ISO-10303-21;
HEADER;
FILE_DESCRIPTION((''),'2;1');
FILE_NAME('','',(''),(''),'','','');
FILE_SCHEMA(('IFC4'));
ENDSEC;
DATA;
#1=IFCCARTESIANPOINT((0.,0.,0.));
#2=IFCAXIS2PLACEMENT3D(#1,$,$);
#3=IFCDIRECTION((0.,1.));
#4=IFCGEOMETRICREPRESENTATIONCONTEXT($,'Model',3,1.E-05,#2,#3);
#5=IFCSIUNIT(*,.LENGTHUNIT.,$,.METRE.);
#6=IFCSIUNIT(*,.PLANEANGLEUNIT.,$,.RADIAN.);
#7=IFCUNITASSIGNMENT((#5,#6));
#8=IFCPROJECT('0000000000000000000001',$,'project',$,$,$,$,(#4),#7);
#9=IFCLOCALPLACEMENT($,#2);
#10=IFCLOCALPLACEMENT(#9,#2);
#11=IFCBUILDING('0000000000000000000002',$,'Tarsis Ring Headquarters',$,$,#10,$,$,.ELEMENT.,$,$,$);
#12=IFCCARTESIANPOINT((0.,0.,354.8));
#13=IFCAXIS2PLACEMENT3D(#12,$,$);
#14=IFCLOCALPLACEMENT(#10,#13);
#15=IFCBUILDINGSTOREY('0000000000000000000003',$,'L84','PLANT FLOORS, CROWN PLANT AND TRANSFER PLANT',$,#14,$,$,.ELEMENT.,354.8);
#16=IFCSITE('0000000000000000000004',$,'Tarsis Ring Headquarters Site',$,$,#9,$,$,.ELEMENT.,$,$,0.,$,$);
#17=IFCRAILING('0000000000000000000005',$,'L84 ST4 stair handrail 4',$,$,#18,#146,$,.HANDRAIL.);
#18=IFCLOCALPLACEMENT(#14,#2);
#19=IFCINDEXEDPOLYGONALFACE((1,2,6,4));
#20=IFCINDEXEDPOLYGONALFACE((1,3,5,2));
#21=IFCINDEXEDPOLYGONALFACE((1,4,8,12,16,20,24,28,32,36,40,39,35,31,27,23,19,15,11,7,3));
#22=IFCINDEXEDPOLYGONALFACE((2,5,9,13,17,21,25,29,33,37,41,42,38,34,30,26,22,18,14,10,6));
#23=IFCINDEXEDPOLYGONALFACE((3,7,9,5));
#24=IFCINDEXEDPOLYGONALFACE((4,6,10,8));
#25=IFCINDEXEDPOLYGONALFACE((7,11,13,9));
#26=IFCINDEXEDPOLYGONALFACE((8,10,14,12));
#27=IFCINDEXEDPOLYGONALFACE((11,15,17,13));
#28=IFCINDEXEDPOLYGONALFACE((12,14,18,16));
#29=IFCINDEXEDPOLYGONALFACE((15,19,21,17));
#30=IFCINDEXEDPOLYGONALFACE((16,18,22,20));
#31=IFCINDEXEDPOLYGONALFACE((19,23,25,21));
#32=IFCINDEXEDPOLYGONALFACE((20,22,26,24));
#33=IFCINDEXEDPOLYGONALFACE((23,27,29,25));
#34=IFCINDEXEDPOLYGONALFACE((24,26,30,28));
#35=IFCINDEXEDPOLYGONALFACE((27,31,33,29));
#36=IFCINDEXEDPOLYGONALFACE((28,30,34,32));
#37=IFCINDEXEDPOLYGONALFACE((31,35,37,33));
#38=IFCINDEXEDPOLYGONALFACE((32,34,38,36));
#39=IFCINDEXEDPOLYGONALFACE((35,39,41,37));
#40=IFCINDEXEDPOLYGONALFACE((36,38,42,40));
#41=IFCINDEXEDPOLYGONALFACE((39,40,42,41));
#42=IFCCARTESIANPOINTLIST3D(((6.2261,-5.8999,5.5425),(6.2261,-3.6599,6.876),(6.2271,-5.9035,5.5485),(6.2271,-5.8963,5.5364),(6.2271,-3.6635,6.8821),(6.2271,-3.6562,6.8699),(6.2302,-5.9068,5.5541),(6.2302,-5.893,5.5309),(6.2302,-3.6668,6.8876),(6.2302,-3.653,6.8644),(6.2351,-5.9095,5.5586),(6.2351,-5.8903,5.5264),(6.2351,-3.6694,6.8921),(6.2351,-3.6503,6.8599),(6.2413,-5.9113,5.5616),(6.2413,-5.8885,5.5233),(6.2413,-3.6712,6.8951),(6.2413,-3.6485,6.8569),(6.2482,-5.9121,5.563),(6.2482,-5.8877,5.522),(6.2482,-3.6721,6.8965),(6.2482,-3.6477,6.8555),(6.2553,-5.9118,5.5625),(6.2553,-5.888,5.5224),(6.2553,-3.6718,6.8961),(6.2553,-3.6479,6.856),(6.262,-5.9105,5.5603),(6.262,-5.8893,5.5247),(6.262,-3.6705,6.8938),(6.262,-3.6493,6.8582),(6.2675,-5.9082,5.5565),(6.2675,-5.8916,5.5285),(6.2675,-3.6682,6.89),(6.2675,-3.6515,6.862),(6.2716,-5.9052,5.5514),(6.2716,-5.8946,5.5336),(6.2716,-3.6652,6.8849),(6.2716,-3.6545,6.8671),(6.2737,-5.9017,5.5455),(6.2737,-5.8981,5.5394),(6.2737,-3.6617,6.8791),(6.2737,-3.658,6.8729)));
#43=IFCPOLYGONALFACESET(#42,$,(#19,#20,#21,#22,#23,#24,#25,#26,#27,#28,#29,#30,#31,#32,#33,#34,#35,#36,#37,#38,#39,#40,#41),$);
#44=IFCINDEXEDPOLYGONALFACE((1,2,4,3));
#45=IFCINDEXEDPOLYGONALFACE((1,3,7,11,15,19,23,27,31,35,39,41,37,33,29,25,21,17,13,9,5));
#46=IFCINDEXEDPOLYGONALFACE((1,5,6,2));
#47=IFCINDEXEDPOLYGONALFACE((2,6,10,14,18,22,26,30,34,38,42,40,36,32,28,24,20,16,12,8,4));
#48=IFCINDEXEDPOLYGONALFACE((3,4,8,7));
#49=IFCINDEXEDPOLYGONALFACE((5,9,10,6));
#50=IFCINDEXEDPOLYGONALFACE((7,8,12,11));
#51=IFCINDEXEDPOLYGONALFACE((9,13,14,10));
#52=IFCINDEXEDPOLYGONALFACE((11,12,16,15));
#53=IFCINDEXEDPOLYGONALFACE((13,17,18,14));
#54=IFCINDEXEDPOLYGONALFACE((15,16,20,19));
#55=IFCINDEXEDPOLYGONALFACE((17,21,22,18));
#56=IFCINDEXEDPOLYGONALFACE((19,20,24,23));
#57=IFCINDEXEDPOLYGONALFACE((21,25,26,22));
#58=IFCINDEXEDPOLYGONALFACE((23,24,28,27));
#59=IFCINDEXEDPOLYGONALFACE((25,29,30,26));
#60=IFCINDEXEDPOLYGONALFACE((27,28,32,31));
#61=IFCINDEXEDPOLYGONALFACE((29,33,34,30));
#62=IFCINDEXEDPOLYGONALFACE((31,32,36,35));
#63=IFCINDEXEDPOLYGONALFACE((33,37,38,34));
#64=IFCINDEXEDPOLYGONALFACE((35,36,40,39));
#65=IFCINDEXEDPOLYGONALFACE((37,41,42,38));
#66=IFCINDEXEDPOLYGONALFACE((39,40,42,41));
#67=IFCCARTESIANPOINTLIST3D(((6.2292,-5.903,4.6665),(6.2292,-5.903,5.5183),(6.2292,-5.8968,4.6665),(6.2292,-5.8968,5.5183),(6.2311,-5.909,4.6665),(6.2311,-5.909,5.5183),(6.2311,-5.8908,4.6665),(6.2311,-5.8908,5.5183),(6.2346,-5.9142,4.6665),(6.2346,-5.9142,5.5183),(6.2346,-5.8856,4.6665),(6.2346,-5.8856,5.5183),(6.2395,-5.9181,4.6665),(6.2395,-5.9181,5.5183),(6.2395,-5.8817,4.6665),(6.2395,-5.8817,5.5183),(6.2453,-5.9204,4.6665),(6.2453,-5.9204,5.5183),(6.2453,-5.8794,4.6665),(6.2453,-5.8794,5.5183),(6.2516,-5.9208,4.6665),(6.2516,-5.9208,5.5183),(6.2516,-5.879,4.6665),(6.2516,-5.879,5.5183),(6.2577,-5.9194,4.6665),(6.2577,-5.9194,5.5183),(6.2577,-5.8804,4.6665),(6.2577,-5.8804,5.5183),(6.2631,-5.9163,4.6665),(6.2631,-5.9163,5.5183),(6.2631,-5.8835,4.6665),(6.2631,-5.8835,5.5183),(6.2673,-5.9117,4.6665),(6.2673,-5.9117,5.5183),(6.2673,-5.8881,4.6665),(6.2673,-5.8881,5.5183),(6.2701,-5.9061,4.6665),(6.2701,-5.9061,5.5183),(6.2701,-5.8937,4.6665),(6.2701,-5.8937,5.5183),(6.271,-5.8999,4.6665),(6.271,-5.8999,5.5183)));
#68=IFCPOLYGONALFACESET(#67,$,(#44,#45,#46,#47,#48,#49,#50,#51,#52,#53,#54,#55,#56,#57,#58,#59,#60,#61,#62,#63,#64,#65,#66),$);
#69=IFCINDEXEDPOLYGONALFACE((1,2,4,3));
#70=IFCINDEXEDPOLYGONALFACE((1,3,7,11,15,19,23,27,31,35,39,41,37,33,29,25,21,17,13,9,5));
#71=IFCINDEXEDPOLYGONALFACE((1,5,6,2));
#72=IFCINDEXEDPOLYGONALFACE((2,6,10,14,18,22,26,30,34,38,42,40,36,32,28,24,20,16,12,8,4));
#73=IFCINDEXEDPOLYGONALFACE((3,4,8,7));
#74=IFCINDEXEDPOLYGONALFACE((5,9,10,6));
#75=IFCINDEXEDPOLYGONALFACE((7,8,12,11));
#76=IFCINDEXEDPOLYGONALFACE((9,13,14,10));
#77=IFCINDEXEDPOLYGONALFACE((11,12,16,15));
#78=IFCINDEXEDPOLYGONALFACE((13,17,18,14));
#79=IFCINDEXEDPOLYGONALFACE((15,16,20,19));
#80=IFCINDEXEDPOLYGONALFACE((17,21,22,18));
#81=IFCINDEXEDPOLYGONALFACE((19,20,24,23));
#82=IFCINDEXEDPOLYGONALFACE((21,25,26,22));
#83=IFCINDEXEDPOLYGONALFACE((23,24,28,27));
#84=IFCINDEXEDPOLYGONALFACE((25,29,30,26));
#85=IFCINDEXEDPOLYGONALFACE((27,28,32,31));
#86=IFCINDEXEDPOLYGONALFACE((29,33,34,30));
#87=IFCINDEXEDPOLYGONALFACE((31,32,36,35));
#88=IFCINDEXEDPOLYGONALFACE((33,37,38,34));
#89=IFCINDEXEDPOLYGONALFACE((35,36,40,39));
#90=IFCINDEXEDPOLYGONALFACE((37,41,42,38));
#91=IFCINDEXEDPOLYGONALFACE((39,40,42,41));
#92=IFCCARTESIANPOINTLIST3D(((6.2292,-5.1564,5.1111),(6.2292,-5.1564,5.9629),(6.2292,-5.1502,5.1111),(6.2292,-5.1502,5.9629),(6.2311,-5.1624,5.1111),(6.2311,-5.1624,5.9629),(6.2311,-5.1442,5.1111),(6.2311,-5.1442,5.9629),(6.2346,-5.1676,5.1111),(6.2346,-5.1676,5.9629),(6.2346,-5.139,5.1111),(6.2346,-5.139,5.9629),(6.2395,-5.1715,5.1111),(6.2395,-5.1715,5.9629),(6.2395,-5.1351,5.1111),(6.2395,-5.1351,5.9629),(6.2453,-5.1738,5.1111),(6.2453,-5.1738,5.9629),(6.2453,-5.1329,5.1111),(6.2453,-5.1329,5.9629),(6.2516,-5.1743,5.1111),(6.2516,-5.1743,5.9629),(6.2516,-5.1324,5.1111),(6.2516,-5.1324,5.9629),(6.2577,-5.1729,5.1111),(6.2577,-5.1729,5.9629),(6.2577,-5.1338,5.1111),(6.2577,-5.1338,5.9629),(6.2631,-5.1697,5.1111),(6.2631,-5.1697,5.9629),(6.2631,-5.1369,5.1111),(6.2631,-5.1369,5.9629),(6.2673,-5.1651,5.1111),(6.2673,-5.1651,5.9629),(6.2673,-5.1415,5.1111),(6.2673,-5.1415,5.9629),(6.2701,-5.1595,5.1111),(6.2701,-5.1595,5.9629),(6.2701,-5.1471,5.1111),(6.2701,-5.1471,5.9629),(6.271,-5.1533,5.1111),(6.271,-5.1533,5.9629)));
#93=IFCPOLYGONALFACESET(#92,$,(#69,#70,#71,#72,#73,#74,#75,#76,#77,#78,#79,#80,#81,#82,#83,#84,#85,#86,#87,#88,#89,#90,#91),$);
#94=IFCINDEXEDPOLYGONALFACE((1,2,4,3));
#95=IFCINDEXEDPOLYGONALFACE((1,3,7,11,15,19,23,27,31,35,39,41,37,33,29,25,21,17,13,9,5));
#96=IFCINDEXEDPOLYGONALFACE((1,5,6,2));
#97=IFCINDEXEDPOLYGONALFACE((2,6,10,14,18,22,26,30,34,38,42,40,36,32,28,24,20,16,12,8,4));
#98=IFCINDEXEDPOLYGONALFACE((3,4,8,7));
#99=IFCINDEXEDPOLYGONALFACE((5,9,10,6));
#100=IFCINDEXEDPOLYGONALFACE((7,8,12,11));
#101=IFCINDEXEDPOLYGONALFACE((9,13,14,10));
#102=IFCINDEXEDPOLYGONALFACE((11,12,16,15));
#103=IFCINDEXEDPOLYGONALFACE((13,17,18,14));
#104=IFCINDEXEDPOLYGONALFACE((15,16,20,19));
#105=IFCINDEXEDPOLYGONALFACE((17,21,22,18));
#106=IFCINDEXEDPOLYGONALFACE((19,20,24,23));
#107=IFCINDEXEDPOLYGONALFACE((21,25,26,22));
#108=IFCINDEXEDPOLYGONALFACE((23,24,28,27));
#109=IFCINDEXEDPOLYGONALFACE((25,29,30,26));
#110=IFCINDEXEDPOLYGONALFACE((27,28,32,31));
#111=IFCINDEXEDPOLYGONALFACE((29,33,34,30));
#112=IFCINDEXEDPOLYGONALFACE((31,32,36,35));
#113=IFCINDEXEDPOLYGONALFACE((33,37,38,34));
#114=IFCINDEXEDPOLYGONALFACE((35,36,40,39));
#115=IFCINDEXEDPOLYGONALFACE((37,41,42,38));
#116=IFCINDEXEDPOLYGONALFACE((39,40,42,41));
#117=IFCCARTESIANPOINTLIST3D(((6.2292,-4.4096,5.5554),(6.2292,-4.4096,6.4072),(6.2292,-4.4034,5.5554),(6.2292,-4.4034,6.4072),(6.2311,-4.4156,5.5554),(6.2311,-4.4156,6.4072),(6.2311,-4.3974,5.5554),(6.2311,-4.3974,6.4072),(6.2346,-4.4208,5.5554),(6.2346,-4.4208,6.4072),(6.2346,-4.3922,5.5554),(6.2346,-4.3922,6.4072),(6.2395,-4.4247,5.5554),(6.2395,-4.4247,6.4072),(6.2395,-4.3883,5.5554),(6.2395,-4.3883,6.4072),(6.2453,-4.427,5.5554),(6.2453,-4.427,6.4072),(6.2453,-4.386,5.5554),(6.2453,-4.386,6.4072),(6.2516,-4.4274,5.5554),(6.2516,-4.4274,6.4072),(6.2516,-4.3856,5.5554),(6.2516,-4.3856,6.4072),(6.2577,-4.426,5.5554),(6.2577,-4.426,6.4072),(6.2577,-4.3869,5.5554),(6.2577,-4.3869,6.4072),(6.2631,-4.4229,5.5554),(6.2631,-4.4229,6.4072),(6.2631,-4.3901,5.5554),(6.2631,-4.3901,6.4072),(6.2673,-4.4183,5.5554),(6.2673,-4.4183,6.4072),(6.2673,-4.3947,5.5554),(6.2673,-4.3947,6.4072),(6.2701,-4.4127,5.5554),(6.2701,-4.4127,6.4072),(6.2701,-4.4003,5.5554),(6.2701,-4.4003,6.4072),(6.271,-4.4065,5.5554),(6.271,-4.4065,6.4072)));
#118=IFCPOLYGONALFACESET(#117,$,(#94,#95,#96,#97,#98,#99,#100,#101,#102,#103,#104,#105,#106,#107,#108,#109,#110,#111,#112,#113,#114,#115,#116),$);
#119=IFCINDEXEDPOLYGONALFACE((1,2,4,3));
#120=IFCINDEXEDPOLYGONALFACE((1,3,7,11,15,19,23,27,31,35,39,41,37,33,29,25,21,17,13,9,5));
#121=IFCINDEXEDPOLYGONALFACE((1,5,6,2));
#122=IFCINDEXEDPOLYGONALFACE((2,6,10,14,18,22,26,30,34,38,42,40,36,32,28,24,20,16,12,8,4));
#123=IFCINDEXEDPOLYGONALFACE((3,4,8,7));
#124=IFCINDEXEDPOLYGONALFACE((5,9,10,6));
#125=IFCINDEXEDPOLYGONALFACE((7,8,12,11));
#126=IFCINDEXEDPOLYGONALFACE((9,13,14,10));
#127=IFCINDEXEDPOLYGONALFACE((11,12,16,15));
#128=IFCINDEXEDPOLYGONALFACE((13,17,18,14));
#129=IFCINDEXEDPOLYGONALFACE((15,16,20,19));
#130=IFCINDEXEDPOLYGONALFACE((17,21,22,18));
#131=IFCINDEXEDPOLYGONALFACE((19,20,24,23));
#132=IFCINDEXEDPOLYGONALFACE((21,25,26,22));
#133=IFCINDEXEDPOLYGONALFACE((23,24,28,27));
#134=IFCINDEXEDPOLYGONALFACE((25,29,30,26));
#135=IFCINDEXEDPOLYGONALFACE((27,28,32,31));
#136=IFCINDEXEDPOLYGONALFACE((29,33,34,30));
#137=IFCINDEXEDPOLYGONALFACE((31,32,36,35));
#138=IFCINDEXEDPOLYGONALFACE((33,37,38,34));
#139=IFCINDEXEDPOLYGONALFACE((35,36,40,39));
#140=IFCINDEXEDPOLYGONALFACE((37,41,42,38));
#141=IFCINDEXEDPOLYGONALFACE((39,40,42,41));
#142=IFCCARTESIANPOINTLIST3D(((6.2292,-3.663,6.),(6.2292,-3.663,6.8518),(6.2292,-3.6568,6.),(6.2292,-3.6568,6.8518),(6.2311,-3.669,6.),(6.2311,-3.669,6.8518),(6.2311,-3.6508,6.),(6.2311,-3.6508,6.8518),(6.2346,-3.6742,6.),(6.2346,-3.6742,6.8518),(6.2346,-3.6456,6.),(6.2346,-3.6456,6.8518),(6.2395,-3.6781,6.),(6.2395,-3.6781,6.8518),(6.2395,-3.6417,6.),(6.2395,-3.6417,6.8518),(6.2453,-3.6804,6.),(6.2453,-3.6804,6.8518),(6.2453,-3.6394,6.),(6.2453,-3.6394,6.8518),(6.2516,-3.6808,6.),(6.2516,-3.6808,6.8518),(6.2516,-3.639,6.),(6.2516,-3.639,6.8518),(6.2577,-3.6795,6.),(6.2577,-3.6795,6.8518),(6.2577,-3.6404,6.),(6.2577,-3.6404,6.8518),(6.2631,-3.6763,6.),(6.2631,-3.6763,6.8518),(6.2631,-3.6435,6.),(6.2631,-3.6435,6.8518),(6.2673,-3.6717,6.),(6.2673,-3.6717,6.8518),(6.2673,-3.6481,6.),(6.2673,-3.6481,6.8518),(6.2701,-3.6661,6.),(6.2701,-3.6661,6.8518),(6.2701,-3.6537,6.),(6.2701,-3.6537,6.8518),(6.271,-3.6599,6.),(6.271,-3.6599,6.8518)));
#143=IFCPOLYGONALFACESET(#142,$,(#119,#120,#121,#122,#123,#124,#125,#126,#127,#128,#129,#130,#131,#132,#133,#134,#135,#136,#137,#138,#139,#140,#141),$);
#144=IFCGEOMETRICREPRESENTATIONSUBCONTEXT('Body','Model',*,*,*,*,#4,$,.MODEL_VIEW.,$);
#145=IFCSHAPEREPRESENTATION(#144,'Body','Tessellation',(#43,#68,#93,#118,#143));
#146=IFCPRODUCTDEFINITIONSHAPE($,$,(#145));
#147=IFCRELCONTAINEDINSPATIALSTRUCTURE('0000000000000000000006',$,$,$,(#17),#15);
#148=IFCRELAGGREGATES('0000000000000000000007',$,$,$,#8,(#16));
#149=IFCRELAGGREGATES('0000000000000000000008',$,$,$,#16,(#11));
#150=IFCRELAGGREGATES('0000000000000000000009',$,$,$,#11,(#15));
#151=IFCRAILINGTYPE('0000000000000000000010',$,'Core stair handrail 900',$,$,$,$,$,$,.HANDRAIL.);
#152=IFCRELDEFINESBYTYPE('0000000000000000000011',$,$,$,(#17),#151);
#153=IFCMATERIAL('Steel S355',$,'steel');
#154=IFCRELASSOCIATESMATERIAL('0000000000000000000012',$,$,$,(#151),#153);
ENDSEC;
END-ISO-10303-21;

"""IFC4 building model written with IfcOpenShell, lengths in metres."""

from ifc_helpers import new_model, si_unit, direction, frame, origin, origin_2d, place, context, subcontext, project, spatial, circle, extrude, material, type_object, element, save


model = new_model("IFC4")

# Units and contexts
model_context = context("Model", 3, precision=1e-05, world=origin(), true_north=direction((0.0, 1.0)))
body_context = subcontext(model_context, "Body", "Model", "MODEL_VIEW")
ifc_project = project(units=[si_unit("LENGTHUNIT", "METRE"), si_unit("PLANEANGLEUNIT", "RADIAN")], contexts=[model_context])

# Site, building, storey
site_placement = place(None, origin())
site = spatial("IfcSite", under=ifc_project, at=site_placement, Name="Tarsis Ring Headquarters Site", CompositionType="ELEMENT", RefElevation=0.0)
building_placement = place(site_placement, origin())
building = spatial("IfcBuilding", under=site, at=building_placement, Name="Tarsis Ring Headquarters", CompositionType="ELEMENT")
storey_placement = place(building_placement, frame((0.0, 0.0, 354.8)))
storey = spatial("IfcBuildingStorey", under=building, at=storey_placement, Name="L84", Description="PLANT FLOORS, CROWN PLANT AND TRANSFER PLANT", CompositionType="ELEMENT", Elevation=354.8)

# Railing
ifc_material_1 = material(Name="Steel S355", Category="steel")
railing_type_1 = type_object("IfcRailingType", Name="Core stair handrail 900", PredefinedType="HANDRAIL", material=ifc_material_1)
railing_1_placement = place(storey_placement, frame((6.25, -5.8999, 4.6665)))
element("IfcRailing", 1, at=railing_1_placement, inside=storey, type_object=railing_type_1, Name="L84 ST4 stair handrail 4", PredefinedType="HANDRAIL", context=body_context, shape_type="SweptSolid", body=[
    extrude(circle(Radius=0.0239, at=origin_2d()), frame((0.0, 0.0, 0.876), z_axis=(0.0, 0.859264, 0.511532), x_axis=(-1.0, 0.0, 0.0)), (0.0, 0.0, 1.0), 2.6069),
    extrude(circle(Radius=0.021, at=origin_2d()), origin(), (0.0, 0.0, 1.0), 0.8518),
    extrude(circle(Radius=0.021, at=origin_2d()), frame((0.0, 0.7466, 0.4446)), (0.0, 0.0, 1.0), 0.8518),
    extrude(circle(Radius=0.021, at=origin_2d()), frame((0.0, 1.4934, 0.8889)), (0.0, 0.0, 1.0), 0.8518),
    extrude(circle(Radius=0.021, at=origin_2d()), frame((0.0, 2.24, 1.3335)), (0.0, 0.0, 1.0), 0.8518),
])

save(model, "model.ifc")
